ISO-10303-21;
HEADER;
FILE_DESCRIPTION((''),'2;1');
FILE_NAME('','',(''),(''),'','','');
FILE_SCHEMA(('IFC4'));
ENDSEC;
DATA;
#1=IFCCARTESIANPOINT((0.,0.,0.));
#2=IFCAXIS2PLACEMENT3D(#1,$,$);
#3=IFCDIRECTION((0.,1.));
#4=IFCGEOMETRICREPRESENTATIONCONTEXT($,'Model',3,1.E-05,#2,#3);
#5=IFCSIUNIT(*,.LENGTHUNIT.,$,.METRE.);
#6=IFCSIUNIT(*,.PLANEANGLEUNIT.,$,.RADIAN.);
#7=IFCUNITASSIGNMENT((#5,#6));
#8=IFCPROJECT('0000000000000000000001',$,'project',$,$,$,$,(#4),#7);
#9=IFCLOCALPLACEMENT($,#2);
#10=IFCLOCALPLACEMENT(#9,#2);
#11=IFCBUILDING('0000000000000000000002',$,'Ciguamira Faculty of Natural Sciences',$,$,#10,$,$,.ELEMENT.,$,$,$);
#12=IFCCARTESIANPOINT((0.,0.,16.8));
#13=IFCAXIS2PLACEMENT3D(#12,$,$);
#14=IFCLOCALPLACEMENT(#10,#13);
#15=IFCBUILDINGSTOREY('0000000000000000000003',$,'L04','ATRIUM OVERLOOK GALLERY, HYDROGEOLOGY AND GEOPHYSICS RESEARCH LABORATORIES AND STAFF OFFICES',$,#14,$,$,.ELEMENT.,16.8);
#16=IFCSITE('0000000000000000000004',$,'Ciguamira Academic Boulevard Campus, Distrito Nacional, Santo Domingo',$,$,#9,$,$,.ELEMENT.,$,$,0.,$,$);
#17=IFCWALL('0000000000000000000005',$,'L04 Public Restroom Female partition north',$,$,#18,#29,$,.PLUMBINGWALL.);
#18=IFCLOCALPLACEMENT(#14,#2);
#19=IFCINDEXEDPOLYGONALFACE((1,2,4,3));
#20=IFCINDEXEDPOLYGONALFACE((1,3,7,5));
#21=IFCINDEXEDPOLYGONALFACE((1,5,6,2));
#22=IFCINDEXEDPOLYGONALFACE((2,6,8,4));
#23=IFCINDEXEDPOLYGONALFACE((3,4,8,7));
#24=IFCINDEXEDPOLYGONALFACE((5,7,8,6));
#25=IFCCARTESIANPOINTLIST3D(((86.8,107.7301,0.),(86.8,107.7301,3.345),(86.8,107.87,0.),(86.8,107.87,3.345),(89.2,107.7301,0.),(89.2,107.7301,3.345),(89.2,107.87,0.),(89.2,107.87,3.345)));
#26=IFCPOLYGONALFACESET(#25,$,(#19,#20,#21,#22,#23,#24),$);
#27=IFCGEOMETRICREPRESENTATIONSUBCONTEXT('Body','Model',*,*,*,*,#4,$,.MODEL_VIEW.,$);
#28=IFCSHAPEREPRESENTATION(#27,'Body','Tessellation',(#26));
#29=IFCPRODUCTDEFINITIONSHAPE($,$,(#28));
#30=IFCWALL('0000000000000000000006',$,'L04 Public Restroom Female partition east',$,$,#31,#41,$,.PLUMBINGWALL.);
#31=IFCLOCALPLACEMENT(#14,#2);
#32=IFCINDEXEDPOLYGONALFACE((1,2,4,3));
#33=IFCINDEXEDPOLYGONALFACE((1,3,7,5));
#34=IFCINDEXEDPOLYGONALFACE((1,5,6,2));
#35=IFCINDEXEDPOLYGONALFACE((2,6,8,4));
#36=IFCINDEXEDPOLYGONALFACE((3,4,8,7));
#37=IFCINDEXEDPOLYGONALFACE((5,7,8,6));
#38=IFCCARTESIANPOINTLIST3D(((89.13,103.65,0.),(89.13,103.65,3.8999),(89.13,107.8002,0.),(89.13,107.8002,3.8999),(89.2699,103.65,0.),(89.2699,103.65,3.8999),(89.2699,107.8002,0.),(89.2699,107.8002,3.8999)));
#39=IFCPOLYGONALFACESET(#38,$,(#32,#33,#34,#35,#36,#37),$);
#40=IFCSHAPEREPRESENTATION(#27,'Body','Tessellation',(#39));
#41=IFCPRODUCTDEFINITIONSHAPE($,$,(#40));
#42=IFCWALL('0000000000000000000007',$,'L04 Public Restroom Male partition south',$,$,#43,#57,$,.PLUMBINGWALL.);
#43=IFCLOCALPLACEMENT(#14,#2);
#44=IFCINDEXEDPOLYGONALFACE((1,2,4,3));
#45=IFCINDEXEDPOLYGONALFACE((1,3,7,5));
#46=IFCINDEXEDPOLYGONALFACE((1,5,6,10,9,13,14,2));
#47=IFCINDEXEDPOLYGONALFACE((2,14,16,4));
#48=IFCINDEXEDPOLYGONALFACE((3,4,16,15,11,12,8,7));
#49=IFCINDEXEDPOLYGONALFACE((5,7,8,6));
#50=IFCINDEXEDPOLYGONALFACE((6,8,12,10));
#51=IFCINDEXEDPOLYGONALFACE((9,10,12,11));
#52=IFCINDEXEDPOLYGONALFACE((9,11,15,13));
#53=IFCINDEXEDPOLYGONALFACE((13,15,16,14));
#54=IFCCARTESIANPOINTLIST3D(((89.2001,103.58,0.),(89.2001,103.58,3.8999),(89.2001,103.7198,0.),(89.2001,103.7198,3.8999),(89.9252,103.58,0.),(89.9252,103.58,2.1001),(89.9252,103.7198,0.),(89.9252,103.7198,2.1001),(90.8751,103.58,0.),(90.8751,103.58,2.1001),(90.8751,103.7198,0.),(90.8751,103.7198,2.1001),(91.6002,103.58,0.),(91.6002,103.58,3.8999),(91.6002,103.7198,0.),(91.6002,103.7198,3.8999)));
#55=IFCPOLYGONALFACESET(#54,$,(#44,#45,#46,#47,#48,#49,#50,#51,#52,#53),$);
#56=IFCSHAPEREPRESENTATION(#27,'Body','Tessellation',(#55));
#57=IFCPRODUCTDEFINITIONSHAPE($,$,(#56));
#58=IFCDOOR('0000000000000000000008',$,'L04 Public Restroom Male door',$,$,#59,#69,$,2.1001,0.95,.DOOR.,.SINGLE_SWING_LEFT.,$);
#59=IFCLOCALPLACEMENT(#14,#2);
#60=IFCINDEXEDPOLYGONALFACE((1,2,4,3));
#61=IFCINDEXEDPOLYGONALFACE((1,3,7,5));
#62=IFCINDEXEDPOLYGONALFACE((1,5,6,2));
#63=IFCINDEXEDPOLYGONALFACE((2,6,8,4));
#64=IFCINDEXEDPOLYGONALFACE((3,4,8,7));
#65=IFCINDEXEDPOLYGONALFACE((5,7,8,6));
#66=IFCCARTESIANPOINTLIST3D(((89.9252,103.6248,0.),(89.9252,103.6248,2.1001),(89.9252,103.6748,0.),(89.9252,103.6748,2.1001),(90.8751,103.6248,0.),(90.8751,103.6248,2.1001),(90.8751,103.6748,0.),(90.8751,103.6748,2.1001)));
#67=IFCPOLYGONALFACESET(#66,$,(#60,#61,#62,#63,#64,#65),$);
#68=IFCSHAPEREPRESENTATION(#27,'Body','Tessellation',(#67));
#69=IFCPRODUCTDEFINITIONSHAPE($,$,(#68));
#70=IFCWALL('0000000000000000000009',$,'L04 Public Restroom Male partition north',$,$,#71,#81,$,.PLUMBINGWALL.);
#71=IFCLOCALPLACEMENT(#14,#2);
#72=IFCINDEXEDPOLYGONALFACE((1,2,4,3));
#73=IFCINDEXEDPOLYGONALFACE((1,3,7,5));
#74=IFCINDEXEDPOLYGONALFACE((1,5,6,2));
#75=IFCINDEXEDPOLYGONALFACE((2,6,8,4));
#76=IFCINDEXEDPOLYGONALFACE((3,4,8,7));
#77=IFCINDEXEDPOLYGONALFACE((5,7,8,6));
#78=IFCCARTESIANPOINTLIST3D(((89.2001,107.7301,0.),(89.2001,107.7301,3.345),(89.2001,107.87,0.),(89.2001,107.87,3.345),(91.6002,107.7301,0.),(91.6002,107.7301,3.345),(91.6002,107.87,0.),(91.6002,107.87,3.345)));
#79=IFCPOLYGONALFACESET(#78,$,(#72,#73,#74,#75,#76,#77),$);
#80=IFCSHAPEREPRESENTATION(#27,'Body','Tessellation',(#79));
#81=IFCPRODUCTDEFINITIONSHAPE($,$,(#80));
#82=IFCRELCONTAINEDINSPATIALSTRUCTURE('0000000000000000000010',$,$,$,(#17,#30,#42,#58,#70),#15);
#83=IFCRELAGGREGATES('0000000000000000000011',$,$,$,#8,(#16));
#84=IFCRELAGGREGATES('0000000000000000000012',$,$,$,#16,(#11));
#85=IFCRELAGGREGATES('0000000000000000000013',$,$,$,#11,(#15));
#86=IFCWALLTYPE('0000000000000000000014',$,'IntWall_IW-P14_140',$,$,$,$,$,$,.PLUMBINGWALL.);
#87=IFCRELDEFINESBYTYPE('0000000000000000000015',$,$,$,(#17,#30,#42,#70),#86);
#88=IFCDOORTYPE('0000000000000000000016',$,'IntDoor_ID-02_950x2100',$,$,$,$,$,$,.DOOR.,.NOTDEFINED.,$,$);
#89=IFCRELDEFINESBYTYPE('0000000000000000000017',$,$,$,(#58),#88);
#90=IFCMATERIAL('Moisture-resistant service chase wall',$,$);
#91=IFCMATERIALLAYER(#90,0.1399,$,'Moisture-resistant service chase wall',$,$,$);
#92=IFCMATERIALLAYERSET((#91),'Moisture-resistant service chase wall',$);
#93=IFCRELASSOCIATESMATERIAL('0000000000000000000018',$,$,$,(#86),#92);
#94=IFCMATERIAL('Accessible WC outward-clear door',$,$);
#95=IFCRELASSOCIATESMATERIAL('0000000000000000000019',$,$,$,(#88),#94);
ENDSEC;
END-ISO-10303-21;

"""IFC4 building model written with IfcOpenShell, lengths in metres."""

from ifc_helpers import new_model, si_unit, direction, frame, frame_2d, origin, place, context, subcontext, project, spatial, rectangle, extrude, material, layer, layer_set, type_object, element, fill, save


model = new_model("IFC4")

# Units and contexts
model_context = context("Model", 3, precision=1e-05, world=origin(), true_north=direction((0.0, 1.0)))
body_context = subcontext(model_context, "Body", "Model", "MODEL_VIEW")
ifc_project = project(units=[si_unit("LENGTHUNIT", "METRE"), si_unit("PLANEANGLEUNIT", "RADIAN")], contexts=[model_context])

# Site, building, storey
site_placement = place(None, origin())
site = spatial("IfcSite", under=ifc_project, at=site_placement, Name="Ciguamira Academic Boulevard Campus, Distrito Nacional, Santo Domingo", CompositionType="ELEMENT", RefElevation=0.0)
building_placement = place(site_placement, origin())
building = spatial("IfcBuilding", under=site, at=building_placement, Name="Ciguamira Faculty of Natural Sciences", CompositionType="ELEMENT")
storey_placement = place(building_placement, frame((0.0, 0.0, 16.8)))
storey = spatial("IfcBuildingStorey", under=building, at=storey_placement, Name="L04", Description="ATRIUM OVERLOOK GALLERY, HYDROGEOLOGY AND GEOPHYSICS RESEARCH LABORATORIES AND STAFF OFFICES", CompositionType="ELEMENT", Elevation=16.8)

# Shared definitions
ifc_material_1 = material(Name="Moisture-resistant service chase wall")
ifc_layer_1 = layer(ifc_material_1, 0.1399, Name="Moisture-resistant service chase wall")
ifc_layer_set_1 = layer_set([ifc_layer_1], Name="Moisture-resistant service chase wall")
wall_type_1 = type_object("IfcWallType", Name="IntWall_IW-P14_140", PredefinedType="PLUMBINGWALL", material=ifc_layer_set_1)
ifc_material_2 = material(Name="Accessible WC outward-clear door")
door_type_1 = type_object("IfcDoorType", Name="IntDoor_ID-02_950x2100", OperationType="NOTDEFINED", PredefinedType="DOOR", material=ifc_material_2)

# Walls
wall_1_placement = place(storey_placement, frame((86.8, 107.8, 0.0), z_axis=(0.0, 0.0, 1.0), x_axis=(1.0, 0.0, 0.0)))
element("IfcWall", 1, at=wall_1_placement, inside=storey, type_object=wall_type_1, Name="L04 Public Restroom Female partition north", PredefinedType="PLUMBINGWALL", context=body_context, shape_type="SweptSolid", body=[
    extrude(rectangle(XDim=2.3999, YDim=0.1399, at=frame_2d((1.2, 0.0))), origin(), (0.0, 0.0, 1.0), 3.345),
])
wall_2_placement = place(storey_placement, frame((89.2, 103.6499, 0.0), z_axis=(0.0, 0.0, 1.0), x_axis=(0.0, 1.0, 0.0)))
element("IfcWall", 2, at=wall_2_placement, inside=storey, type_object=wall_type_1, Name="L04 Public Restroom Female partition east", PredefinedType="PLUMBINGWALL", context=body_context, shape_type="SweptSolid", body=[
    extrude(rectangle(XDim=4.1501, YDim=0.1399, at=frame_2d((2.0752, 0.0))), origin(), (0.0, 0.0, 1.0), 3.8999),
])

# Wall, opening, door
wall_3_placement = place(storey_placement, frame((89.2, 103.6499, 0.0), z_axis=(0.0, 0.0, 1.0), x_axis=(1.0, 0.0, 0.0)))
wall_3 = element("IfcWall", 3, at=wall_3_placement, inside=storey, type_object=wall_type_1, Name="L04 Public Restroom Male partition south", PredefinedType="PLUMBINGWALL", context=body_context, shape_type="SweptSolid", body=[
    extrude(rectangle(XDim=2.4001, YDim=0.1399, at=frame_2d((1.2002, 0.0))), origin(), (0.0, 0.0, 1.0), 3.8999),
])
opening_1_placement = place(wall_3_placement, frame((0.7251, 0.0, 0.0)))
opening_1 = element("IfcOpeningElement", 4, at=opening_1_placement, cuts=wall_3, PredefinedType="OPENING", context=body_context, shape_type="SweptSolid", body=[
    extrude(rectangle(XDim=0.95, YDim=2.1001, at=frame_2d((0.4751, 1.05))), frame((0.0, 0.0798, 0.0), z_axis=(0.0, -1.0, 0.0), x_axis=(1.0, 0.0, 0.0)), (0.0, 0.0, 1.0), 0.1599),
])
door_1_placement = place(opening_1_placement, origin())
door_1 = element("IfcDoor", 5, at=door_1_placement, inside=storey, type_object=door_type_1, Name="L04 Public Restroom Male door", OperationType="SINGLE_SWING_LEFT", OverallHeight=2.1001, OverallWidth=0.95, PredefinedType="DOOR", context=body_context, shape_type="SweptSolid", body=[
    extrude(rectangle(XDim=0.95, YDim=2.1001, at=frame_2d((0.4751, 1.05))), frame((0.0, 0.0249, 0.0), z_axis=(0.0, -1.0, 0.0), x_axis=(1.0, 0.0, 0.0)), (0.0, 0.0, 1.0), 0.05),
])
fill(opening_1, door_1)

# Wall
wall_4_placement = place(storey_placement, frame((89.2, 107.8, 0.0), z_axis=(0.0, 0.0, 1.0), x_axis=(1.0, 0.0, 0.0)))
element("IfcWall", 6, at=wall_4_placement, inside=storey, type_object=wall_type_1, Name="L04 Public Restroom Male partition north", PredefinedType="PLUMBINGWALL", context=body_context, shape_type="SweptSolid", body=[
    extrude(rectangle(XDim=2.4001, YDim=0.1399, at=frame_2d((1.2002, 0.0))), origin(), (0.0, 0.0, 1.0), 3.345),
])

save(model, "model.ifc")
